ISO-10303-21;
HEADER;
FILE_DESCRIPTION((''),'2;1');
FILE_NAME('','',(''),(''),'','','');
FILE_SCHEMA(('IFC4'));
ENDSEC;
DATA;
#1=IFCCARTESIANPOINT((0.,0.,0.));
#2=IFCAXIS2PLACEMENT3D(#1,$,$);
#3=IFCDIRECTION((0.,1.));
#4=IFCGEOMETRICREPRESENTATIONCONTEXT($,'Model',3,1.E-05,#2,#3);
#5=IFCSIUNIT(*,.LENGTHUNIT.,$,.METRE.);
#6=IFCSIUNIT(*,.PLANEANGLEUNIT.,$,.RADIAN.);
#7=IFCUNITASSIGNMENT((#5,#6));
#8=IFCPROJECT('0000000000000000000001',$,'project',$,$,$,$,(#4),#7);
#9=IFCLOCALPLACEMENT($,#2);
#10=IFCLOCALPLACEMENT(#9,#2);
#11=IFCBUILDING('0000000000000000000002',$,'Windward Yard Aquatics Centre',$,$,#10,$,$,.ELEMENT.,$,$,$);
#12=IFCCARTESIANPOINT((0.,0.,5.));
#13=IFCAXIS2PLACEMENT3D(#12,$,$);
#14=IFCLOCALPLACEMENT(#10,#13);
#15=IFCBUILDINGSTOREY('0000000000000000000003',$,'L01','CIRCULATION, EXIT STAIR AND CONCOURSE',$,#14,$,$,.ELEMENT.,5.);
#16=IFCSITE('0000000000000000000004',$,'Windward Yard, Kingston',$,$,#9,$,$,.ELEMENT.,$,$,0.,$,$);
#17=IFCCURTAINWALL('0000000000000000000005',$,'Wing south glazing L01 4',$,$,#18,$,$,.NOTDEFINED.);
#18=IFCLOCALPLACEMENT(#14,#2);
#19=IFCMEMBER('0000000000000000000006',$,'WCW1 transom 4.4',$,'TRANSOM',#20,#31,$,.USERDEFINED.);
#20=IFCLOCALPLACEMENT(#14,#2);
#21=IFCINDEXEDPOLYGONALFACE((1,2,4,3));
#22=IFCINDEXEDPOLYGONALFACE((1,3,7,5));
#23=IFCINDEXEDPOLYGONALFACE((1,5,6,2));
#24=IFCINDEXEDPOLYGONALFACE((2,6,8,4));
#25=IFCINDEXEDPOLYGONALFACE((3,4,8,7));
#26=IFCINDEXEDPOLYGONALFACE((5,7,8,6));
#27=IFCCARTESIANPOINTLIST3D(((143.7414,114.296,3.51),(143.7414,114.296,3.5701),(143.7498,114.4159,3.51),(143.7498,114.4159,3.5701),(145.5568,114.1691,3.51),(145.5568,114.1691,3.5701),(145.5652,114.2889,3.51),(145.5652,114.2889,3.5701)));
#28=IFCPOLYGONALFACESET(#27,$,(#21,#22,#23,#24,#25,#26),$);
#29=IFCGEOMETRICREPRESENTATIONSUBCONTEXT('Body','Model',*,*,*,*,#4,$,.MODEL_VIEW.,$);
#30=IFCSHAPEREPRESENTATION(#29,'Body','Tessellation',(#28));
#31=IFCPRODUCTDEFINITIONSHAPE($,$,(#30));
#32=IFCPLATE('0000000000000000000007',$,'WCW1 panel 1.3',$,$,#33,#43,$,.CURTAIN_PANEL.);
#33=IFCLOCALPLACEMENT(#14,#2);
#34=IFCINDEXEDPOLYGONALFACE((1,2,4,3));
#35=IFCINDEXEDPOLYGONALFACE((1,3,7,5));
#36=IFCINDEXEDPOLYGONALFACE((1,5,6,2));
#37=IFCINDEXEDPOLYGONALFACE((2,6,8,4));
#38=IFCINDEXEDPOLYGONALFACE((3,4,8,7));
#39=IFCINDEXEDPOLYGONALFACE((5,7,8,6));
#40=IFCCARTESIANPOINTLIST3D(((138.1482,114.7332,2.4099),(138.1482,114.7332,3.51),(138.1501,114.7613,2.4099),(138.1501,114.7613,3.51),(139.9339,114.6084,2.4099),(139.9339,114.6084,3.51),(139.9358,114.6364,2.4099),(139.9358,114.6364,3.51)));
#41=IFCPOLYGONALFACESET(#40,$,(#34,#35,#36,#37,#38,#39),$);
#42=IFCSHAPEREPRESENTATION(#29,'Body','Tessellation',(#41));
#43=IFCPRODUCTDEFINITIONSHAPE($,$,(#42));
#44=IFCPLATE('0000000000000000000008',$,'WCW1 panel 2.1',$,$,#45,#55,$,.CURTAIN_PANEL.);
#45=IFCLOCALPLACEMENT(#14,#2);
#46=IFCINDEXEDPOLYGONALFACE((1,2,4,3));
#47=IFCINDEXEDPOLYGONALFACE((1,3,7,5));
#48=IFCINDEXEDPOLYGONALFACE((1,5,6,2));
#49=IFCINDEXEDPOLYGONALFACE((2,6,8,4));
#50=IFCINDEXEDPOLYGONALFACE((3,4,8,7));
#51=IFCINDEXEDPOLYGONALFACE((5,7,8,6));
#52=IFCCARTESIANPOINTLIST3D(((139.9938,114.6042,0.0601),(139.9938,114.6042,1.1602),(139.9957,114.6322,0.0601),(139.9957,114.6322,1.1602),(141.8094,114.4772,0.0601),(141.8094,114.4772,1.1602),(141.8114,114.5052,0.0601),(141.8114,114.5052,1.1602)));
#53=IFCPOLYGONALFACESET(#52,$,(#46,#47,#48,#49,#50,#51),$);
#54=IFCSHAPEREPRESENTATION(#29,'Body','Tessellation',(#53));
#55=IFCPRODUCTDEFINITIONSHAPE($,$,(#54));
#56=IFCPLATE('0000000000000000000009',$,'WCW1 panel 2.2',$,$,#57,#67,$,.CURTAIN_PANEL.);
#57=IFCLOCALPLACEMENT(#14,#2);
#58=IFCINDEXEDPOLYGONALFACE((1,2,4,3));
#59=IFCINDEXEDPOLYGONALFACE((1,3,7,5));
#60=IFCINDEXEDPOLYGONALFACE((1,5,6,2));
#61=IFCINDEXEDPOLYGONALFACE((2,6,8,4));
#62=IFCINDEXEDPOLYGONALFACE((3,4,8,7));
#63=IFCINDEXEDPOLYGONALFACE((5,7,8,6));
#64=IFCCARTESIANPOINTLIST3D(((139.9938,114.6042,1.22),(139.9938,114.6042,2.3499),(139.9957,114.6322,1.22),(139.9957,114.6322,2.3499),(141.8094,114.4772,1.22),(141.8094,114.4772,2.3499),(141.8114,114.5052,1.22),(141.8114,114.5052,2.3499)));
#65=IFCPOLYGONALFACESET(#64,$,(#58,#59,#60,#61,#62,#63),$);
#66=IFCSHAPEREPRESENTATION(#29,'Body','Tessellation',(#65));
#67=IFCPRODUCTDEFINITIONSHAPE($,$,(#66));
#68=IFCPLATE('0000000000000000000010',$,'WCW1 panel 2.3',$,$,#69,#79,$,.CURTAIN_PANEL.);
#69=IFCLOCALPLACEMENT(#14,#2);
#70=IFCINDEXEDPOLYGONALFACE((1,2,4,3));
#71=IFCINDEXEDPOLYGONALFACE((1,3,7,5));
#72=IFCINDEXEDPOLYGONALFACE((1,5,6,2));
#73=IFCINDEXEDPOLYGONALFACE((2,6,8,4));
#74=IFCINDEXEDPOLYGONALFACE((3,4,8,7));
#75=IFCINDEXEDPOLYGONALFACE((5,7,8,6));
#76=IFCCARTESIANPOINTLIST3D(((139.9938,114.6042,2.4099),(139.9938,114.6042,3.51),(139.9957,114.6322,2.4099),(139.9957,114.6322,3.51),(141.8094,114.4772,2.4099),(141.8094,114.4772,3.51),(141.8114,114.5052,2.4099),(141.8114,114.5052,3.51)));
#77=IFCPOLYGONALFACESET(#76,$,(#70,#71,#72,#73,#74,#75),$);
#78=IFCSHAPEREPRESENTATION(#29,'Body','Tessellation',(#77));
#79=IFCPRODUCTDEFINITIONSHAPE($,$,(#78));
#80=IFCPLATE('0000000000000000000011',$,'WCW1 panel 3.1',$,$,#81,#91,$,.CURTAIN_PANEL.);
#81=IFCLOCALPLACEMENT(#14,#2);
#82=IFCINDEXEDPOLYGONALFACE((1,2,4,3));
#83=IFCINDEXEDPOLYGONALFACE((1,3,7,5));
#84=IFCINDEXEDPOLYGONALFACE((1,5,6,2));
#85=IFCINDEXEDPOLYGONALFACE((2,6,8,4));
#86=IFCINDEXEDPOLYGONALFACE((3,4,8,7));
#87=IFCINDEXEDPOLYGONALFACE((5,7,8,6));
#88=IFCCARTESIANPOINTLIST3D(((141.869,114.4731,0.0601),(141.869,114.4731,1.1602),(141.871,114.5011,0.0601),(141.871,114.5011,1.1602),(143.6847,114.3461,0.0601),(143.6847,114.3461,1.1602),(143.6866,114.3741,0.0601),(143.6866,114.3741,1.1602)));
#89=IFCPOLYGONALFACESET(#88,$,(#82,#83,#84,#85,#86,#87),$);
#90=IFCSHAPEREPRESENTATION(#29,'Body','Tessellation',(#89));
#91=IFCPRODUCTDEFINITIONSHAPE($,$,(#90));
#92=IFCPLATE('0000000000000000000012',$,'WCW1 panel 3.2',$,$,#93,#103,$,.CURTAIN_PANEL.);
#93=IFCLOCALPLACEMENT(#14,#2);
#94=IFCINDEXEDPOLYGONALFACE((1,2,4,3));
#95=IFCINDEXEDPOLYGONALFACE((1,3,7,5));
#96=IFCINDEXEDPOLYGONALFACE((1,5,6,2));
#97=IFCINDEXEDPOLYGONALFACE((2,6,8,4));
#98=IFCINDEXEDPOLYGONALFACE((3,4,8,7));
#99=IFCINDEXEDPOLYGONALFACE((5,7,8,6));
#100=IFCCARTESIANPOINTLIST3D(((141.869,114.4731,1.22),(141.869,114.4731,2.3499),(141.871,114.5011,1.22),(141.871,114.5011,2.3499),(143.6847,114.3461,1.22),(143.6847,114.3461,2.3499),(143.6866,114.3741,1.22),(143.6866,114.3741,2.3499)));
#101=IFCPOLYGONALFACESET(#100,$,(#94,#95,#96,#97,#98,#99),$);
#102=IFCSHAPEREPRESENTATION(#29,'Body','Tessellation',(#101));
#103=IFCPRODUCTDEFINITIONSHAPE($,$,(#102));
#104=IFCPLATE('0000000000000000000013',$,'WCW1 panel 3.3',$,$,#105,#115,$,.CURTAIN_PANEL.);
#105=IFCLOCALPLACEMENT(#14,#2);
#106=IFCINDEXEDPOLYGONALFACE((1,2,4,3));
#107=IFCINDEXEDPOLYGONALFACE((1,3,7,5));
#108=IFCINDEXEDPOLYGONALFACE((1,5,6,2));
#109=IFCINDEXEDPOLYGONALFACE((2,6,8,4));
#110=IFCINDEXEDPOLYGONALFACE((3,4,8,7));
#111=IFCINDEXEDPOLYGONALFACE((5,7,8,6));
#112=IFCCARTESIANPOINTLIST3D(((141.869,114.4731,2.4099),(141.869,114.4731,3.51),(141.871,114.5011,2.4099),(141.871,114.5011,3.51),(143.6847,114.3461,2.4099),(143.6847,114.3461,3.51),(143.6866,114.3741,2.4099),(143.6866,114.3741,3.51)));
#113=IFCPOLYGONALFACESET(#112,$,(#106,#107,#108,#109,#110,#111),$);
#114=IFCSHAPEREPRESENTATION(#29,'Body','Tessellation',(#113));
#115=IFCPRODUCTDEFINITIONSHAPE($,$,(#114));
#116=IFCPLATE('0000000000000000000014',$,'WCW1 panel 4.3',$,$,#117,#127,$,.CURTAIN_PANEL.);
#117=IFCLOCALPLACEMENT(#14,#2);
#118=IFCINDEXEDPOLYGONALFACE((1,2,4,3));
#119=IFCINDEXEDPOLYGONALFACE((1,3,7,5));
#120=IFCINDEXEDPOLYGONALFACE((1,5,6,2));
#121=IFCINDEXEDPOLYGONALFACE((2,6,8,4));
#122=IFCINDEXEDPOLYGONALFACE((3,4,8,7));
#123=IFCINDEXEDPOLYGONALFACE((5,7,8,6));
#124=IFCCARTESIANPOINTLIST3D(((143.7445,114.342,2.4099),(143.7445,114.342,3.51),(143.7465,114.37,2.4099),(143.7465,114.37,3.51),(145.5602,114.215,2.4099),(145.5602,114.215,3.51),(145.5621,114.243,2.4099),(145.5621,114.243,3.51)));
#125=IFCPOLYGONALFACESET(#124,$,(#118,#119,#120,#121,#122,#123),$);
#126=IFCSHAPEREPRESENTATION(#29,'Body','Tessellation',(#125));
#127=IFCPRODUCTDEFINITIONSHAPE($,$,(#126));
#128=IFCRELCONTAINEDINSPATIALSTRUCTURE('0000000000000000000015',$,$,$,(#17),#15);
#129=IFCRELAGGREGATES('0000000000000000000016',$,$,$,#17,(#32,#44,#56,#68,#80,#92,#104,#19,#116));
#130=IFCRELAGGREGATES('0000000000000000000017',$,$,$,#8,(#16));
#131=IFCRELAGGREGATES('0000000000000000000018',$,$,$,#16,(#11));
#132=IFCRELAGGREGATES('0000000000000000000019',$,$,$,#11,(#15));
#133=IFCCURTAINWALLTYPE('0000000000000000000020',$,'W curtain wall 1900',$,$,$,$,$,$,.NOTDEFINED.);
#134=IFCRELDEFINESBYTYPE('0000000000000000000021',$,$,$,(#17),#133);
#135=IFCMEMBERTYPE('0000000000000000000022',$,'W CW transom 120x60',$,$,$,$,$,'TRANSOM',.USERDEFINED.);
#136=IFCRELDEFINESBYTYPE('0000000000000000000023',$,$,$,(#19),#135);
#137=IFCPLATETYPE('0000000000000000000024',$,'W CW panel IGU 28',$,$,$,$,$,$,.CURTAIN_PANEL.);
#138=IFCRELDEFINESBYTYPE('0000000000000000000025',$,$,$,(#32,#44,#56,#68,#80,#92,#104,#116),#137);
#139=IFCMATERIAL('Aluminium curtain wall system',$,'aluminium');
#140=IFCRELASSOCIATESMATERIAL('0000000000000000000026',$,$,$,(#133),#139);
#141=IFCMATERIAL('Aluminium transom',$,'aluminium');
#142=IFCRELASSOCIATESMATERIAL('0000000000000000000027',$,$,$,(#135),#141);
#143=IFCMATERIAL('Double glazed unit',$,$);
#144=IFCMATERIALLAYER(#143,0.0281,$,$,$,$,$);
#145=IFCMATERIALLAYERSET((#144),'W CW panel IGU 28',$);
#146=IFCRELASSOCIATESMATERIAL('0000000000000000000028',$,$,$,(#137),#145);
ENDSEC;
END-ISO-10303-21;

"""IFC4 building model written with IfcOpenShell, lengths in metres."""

from ifc_helpers import new_model, si_unit, direction, frame, origin, origin_2d, place, context, subcontext, project, spatial, rectangle, extrude, material, layer, layer_set, material_profile, profile_set, type_object, element, aggregate, save


model = new_model("IFC4")

# Units and contexts
model_context = context("Model", 3, precision=1e-05, world=origin(), true_north=direction((0.0, 1.0)))
body_context = subcontext(model_context, "Body", "Model", "MODEL_VIEW")
ifc_project = project(units=[si_unit("LENGTHUNIT", "METRE"), si_unit("PLANEANGLEUNIT", "RADIAN")], contexts=[model_context])

# Site, building, storey
site_placement = place(None, origin())
site = spatial("IfcSite", under=ifc_project, at=site_placement, Name="Windward Yard, Kingston", CompositionType="ELEMENT", RefElevation=0.0)
building_placement = place(site_placement, origin())
building = spatial("IfcBuilding", under=site, at=building_placement, Name="Windward Yard Aquatics Centre", CompositionType="ELEMENT")
storey_placement = place(building_placement, frame((0.0, 0.0, 5.0)))
storey = spatial("IfcBuildingStorey", under=building, at=storey_placement, Name="L01", Description="CIRCULATION, EXIT STAIR AND CONCOURSE", CompositionType="ELEMENT", Elevation=5.0)

# Curtain wall, member, plates
ifc_material_1 = material(Name="Aluminium curtain wall system", Category="aluminium")
curtain_wall_type = type_object("IfcCurtainWallType", Name="W curtain wall 1900", PredefinedType="NOTDEFINED", material=ifc_material_1)
curtain_wall_placement = place(storey_placement, origin())
curtain_wall = element("IfcCurtainWall", 1, at=curtain_wall_placement, inside=storey, type_object=curtain_wall_type, Name="Wing south glazing L01 4", PredefinedType="NOTDEFINED")
ifc_material_2 = material(Name="Aluminium transom", Category="aluminium")
ifc_material_profile_1 = material_profile(ifc_material_2, rectangle(XDim=0.1201, YDim=0.0601, at=origin_2d()), Name="AL 120x60")
ifc_profile_set_1 = profile_set([ifc_material_profile_1], Name="Aluminium transom")
member_type_1 = type_object("IfcMemberType", Name="W CW transom 120x60", ElementType="TRANSOM", PredefinedType="USERDEFINED", material=ifc_profile_set_1)
member_1_placement = place(storey_placement, frame((143.7456, 114.356, 3.54), z_axis=(0.997564, -0.06976, 0.0), x_axis=(0.06976, 0.997564, 0.0)))
member_1 = element("IfcMember", 2, at=member_1_placement, type_object=member_type_1, Name="WCW1 transom 4.4", ObjectType="TRANSOM", PredefinedType="USERDEFINED", context=body_context, shape_type="SweptSolid", body=[
    extrude(rectangle(XDim=0.1201, YDim=0.0601, at=origin_2d()), origin(), (0.0, 0.0, 1.0), 1.8198),
])
ifc_material_3 = material(Name="Double glazed unit")
ifc_layer = layer(ifc_material_3, 0.0281)
ifc_layer_set = layer_set([ifc_layer], Name="W CW panel IGU 28")
plate_type = type_object("IfcPlateType", Name="W CW panel IGU 28", PredefinedType="CURTAIN_PANEL", material=ifc_layer_set)
plate_1_placement = place(storey_placement, frame((139.042, 114.6848, 2.4099), z_axis=(0.0, 0.0, 1.0), x_axis=(0.997564, -0.069755, 0.0)))
plate_1 = element("IfcPlate", 3, at=plate_1_placement, type_object=plate_type, Name="WCW1 panel 1.3", PredefinedType="CURTAIN_PANEL", context=body_context, shape_type="SweptSolid", body=[
    extrude(rectangle(XDim=1.79, YDim=0.0281, at=origin_2d()), origin(), (0.0, 0.0, 1.0), 1.1001),
])
plate_2_placement = place(storey_placement, frame((140.9026, 114.5547, 0.0601), z_axis=(0.0, 0.0, 1.0), x_axis=(0.997564, -0.069755, 0.0)))
plate_2 = element("IfcPlate", 4, at=plate_2_placement, type_object=plate_type, Name="WCW1 panel 2.1", PredefinedType="CURTAIN_PANEL", context=body_context, shape_type="SweptSolid", body=[
    extrude(rectangle(XDim=1.8201, YDim=0.0281, at=origin_2d()), origin(), (0.0, 0.0, 1.0), 1.1001),
])
plate_3_placement = place(storey_placement, frame((140.9026, 114.5547, 1.22), z_axis=(0.0, 0.0, 1.0), x_axis=(0.997564, -0.069755, 0.0)))
plate_3 = element("IfcPlate", 5, at=plate_3_placement, type_object=plate_type, Name="WCW1 panel 2.2", PredefinedType="CURTAIN_PANEL", context=body_context, shape_type="SweptSolid", body=[
    extrude(rectangle(XDim=1.8201, YDim=0.0281, at=origin_2d()), origin(), (0.0, 0.0, 1.0), 1.1299),
])
plate_4_placement = place(storey_placement, frame((140.9026, 114.5547, 2.4099), z_axis=(0.0, 0.0, 1.0), x_axis=(0.997564, -0.069755, 0.0)))
plate_4 = element("IfcPlate", 6, at=plate_4_placement, type_object=plate_type, Name="WCW1 panel 2.3", PredefinedType="CURTAIN_PANEL", context=body_context, shape_type="SweptSolid", body=[
    extrude(rectangle(XDim=1.8201, YDim=0.0281, at=origin_2d()), origin(), (0.0, 0.0, 1.0), 1.1001),
])
plate_5_placement = place(storey_placement, frame((142.7778, 114.4236, 0.0601), z_axis=(0.0, 0.0, 1.0), x_axis=(0.997564, -0.069755, 0.0)))
plate_5 = element("IfcPlate", 7, at=plate_5_placement, type_object=plate_type, Name="WCW1 panel 3.1", PredefinedType="CURTAIN_PANEL", context=body_context, shape_type="SweptSolid", body=[
    extrude(rectangle(XDim=1.8201, YDim=0.0281, at=origin_2d()), origin(), (0.0, 0.0, 1.0), 1.1001),
])
plate_6_placement = place(storey_placement, frame((142.7778, 114.4236, 1.22), z_axis=(0.0, 0.0, 1.0), x_axis=(0.997564, -0.069755, 0.0)))
plate_6 = element("IfcPlate", 8, at=plate_6_placement, type_object=plate_type, Name="WCW1 panel 3.2", PredefinedType="CURTAIN_PANEL", context=body_context, shape_type="SweptSolid", body=[
    extrude(rectangle(XDim=1.8201, YDim=0.0281, at=origin_2d()), origin(), (0.0, 0.0, 1.0), 1.1299),
])
plate_7_placement = place(storey_placement, frame((142.7778, 114.4236, 2.4099), z_axis=(0.0, 0.0, 1.0), x_axis=(0.997564, -0.069755, 0.0)))
plate_7 = element("IfcPlate", 9, at=plate_7_placement, type_object=plate_type, Name="WCW1 panel 3.3", PredefinedType="CURTAIN_PANEL", context=body_context, shape_type="SweptSolid", body=[
    extrude(rectangle(XDim=1.8201, YDim=0.0281, at=origin_2d()), origin(), (0.0, 0.0, 1.0), 1.1001),
])
plate_8_placement = place(storey_placement, frame((144.6533, 114.2925, 2.4099), z_axis=(0.0, 0.0, 1.0), x_axis=(0.997564, -0.069755, 0.0)))
plate_8 = element("IfcPlate", 10, at=plate_8_placement, type_object=plate_type, Name="WCW1 panel 4.3", PredefinedType="CURTAIN_PANEL", context=body_context, shape_type="SweptSolid", body=[
    extrude(rectangle(XDim=1.8201, YDim=0.0281, at=origin_2d()), origin(), (0.0, 0.0, 1.0), 1.1001),
])
aggregate(curtain_wall, [plate_1, plate_2, plate_3, plate_4, plate_5, plate_6, plate_7, member_1, plate_8])

save(model, "model.ifc")
